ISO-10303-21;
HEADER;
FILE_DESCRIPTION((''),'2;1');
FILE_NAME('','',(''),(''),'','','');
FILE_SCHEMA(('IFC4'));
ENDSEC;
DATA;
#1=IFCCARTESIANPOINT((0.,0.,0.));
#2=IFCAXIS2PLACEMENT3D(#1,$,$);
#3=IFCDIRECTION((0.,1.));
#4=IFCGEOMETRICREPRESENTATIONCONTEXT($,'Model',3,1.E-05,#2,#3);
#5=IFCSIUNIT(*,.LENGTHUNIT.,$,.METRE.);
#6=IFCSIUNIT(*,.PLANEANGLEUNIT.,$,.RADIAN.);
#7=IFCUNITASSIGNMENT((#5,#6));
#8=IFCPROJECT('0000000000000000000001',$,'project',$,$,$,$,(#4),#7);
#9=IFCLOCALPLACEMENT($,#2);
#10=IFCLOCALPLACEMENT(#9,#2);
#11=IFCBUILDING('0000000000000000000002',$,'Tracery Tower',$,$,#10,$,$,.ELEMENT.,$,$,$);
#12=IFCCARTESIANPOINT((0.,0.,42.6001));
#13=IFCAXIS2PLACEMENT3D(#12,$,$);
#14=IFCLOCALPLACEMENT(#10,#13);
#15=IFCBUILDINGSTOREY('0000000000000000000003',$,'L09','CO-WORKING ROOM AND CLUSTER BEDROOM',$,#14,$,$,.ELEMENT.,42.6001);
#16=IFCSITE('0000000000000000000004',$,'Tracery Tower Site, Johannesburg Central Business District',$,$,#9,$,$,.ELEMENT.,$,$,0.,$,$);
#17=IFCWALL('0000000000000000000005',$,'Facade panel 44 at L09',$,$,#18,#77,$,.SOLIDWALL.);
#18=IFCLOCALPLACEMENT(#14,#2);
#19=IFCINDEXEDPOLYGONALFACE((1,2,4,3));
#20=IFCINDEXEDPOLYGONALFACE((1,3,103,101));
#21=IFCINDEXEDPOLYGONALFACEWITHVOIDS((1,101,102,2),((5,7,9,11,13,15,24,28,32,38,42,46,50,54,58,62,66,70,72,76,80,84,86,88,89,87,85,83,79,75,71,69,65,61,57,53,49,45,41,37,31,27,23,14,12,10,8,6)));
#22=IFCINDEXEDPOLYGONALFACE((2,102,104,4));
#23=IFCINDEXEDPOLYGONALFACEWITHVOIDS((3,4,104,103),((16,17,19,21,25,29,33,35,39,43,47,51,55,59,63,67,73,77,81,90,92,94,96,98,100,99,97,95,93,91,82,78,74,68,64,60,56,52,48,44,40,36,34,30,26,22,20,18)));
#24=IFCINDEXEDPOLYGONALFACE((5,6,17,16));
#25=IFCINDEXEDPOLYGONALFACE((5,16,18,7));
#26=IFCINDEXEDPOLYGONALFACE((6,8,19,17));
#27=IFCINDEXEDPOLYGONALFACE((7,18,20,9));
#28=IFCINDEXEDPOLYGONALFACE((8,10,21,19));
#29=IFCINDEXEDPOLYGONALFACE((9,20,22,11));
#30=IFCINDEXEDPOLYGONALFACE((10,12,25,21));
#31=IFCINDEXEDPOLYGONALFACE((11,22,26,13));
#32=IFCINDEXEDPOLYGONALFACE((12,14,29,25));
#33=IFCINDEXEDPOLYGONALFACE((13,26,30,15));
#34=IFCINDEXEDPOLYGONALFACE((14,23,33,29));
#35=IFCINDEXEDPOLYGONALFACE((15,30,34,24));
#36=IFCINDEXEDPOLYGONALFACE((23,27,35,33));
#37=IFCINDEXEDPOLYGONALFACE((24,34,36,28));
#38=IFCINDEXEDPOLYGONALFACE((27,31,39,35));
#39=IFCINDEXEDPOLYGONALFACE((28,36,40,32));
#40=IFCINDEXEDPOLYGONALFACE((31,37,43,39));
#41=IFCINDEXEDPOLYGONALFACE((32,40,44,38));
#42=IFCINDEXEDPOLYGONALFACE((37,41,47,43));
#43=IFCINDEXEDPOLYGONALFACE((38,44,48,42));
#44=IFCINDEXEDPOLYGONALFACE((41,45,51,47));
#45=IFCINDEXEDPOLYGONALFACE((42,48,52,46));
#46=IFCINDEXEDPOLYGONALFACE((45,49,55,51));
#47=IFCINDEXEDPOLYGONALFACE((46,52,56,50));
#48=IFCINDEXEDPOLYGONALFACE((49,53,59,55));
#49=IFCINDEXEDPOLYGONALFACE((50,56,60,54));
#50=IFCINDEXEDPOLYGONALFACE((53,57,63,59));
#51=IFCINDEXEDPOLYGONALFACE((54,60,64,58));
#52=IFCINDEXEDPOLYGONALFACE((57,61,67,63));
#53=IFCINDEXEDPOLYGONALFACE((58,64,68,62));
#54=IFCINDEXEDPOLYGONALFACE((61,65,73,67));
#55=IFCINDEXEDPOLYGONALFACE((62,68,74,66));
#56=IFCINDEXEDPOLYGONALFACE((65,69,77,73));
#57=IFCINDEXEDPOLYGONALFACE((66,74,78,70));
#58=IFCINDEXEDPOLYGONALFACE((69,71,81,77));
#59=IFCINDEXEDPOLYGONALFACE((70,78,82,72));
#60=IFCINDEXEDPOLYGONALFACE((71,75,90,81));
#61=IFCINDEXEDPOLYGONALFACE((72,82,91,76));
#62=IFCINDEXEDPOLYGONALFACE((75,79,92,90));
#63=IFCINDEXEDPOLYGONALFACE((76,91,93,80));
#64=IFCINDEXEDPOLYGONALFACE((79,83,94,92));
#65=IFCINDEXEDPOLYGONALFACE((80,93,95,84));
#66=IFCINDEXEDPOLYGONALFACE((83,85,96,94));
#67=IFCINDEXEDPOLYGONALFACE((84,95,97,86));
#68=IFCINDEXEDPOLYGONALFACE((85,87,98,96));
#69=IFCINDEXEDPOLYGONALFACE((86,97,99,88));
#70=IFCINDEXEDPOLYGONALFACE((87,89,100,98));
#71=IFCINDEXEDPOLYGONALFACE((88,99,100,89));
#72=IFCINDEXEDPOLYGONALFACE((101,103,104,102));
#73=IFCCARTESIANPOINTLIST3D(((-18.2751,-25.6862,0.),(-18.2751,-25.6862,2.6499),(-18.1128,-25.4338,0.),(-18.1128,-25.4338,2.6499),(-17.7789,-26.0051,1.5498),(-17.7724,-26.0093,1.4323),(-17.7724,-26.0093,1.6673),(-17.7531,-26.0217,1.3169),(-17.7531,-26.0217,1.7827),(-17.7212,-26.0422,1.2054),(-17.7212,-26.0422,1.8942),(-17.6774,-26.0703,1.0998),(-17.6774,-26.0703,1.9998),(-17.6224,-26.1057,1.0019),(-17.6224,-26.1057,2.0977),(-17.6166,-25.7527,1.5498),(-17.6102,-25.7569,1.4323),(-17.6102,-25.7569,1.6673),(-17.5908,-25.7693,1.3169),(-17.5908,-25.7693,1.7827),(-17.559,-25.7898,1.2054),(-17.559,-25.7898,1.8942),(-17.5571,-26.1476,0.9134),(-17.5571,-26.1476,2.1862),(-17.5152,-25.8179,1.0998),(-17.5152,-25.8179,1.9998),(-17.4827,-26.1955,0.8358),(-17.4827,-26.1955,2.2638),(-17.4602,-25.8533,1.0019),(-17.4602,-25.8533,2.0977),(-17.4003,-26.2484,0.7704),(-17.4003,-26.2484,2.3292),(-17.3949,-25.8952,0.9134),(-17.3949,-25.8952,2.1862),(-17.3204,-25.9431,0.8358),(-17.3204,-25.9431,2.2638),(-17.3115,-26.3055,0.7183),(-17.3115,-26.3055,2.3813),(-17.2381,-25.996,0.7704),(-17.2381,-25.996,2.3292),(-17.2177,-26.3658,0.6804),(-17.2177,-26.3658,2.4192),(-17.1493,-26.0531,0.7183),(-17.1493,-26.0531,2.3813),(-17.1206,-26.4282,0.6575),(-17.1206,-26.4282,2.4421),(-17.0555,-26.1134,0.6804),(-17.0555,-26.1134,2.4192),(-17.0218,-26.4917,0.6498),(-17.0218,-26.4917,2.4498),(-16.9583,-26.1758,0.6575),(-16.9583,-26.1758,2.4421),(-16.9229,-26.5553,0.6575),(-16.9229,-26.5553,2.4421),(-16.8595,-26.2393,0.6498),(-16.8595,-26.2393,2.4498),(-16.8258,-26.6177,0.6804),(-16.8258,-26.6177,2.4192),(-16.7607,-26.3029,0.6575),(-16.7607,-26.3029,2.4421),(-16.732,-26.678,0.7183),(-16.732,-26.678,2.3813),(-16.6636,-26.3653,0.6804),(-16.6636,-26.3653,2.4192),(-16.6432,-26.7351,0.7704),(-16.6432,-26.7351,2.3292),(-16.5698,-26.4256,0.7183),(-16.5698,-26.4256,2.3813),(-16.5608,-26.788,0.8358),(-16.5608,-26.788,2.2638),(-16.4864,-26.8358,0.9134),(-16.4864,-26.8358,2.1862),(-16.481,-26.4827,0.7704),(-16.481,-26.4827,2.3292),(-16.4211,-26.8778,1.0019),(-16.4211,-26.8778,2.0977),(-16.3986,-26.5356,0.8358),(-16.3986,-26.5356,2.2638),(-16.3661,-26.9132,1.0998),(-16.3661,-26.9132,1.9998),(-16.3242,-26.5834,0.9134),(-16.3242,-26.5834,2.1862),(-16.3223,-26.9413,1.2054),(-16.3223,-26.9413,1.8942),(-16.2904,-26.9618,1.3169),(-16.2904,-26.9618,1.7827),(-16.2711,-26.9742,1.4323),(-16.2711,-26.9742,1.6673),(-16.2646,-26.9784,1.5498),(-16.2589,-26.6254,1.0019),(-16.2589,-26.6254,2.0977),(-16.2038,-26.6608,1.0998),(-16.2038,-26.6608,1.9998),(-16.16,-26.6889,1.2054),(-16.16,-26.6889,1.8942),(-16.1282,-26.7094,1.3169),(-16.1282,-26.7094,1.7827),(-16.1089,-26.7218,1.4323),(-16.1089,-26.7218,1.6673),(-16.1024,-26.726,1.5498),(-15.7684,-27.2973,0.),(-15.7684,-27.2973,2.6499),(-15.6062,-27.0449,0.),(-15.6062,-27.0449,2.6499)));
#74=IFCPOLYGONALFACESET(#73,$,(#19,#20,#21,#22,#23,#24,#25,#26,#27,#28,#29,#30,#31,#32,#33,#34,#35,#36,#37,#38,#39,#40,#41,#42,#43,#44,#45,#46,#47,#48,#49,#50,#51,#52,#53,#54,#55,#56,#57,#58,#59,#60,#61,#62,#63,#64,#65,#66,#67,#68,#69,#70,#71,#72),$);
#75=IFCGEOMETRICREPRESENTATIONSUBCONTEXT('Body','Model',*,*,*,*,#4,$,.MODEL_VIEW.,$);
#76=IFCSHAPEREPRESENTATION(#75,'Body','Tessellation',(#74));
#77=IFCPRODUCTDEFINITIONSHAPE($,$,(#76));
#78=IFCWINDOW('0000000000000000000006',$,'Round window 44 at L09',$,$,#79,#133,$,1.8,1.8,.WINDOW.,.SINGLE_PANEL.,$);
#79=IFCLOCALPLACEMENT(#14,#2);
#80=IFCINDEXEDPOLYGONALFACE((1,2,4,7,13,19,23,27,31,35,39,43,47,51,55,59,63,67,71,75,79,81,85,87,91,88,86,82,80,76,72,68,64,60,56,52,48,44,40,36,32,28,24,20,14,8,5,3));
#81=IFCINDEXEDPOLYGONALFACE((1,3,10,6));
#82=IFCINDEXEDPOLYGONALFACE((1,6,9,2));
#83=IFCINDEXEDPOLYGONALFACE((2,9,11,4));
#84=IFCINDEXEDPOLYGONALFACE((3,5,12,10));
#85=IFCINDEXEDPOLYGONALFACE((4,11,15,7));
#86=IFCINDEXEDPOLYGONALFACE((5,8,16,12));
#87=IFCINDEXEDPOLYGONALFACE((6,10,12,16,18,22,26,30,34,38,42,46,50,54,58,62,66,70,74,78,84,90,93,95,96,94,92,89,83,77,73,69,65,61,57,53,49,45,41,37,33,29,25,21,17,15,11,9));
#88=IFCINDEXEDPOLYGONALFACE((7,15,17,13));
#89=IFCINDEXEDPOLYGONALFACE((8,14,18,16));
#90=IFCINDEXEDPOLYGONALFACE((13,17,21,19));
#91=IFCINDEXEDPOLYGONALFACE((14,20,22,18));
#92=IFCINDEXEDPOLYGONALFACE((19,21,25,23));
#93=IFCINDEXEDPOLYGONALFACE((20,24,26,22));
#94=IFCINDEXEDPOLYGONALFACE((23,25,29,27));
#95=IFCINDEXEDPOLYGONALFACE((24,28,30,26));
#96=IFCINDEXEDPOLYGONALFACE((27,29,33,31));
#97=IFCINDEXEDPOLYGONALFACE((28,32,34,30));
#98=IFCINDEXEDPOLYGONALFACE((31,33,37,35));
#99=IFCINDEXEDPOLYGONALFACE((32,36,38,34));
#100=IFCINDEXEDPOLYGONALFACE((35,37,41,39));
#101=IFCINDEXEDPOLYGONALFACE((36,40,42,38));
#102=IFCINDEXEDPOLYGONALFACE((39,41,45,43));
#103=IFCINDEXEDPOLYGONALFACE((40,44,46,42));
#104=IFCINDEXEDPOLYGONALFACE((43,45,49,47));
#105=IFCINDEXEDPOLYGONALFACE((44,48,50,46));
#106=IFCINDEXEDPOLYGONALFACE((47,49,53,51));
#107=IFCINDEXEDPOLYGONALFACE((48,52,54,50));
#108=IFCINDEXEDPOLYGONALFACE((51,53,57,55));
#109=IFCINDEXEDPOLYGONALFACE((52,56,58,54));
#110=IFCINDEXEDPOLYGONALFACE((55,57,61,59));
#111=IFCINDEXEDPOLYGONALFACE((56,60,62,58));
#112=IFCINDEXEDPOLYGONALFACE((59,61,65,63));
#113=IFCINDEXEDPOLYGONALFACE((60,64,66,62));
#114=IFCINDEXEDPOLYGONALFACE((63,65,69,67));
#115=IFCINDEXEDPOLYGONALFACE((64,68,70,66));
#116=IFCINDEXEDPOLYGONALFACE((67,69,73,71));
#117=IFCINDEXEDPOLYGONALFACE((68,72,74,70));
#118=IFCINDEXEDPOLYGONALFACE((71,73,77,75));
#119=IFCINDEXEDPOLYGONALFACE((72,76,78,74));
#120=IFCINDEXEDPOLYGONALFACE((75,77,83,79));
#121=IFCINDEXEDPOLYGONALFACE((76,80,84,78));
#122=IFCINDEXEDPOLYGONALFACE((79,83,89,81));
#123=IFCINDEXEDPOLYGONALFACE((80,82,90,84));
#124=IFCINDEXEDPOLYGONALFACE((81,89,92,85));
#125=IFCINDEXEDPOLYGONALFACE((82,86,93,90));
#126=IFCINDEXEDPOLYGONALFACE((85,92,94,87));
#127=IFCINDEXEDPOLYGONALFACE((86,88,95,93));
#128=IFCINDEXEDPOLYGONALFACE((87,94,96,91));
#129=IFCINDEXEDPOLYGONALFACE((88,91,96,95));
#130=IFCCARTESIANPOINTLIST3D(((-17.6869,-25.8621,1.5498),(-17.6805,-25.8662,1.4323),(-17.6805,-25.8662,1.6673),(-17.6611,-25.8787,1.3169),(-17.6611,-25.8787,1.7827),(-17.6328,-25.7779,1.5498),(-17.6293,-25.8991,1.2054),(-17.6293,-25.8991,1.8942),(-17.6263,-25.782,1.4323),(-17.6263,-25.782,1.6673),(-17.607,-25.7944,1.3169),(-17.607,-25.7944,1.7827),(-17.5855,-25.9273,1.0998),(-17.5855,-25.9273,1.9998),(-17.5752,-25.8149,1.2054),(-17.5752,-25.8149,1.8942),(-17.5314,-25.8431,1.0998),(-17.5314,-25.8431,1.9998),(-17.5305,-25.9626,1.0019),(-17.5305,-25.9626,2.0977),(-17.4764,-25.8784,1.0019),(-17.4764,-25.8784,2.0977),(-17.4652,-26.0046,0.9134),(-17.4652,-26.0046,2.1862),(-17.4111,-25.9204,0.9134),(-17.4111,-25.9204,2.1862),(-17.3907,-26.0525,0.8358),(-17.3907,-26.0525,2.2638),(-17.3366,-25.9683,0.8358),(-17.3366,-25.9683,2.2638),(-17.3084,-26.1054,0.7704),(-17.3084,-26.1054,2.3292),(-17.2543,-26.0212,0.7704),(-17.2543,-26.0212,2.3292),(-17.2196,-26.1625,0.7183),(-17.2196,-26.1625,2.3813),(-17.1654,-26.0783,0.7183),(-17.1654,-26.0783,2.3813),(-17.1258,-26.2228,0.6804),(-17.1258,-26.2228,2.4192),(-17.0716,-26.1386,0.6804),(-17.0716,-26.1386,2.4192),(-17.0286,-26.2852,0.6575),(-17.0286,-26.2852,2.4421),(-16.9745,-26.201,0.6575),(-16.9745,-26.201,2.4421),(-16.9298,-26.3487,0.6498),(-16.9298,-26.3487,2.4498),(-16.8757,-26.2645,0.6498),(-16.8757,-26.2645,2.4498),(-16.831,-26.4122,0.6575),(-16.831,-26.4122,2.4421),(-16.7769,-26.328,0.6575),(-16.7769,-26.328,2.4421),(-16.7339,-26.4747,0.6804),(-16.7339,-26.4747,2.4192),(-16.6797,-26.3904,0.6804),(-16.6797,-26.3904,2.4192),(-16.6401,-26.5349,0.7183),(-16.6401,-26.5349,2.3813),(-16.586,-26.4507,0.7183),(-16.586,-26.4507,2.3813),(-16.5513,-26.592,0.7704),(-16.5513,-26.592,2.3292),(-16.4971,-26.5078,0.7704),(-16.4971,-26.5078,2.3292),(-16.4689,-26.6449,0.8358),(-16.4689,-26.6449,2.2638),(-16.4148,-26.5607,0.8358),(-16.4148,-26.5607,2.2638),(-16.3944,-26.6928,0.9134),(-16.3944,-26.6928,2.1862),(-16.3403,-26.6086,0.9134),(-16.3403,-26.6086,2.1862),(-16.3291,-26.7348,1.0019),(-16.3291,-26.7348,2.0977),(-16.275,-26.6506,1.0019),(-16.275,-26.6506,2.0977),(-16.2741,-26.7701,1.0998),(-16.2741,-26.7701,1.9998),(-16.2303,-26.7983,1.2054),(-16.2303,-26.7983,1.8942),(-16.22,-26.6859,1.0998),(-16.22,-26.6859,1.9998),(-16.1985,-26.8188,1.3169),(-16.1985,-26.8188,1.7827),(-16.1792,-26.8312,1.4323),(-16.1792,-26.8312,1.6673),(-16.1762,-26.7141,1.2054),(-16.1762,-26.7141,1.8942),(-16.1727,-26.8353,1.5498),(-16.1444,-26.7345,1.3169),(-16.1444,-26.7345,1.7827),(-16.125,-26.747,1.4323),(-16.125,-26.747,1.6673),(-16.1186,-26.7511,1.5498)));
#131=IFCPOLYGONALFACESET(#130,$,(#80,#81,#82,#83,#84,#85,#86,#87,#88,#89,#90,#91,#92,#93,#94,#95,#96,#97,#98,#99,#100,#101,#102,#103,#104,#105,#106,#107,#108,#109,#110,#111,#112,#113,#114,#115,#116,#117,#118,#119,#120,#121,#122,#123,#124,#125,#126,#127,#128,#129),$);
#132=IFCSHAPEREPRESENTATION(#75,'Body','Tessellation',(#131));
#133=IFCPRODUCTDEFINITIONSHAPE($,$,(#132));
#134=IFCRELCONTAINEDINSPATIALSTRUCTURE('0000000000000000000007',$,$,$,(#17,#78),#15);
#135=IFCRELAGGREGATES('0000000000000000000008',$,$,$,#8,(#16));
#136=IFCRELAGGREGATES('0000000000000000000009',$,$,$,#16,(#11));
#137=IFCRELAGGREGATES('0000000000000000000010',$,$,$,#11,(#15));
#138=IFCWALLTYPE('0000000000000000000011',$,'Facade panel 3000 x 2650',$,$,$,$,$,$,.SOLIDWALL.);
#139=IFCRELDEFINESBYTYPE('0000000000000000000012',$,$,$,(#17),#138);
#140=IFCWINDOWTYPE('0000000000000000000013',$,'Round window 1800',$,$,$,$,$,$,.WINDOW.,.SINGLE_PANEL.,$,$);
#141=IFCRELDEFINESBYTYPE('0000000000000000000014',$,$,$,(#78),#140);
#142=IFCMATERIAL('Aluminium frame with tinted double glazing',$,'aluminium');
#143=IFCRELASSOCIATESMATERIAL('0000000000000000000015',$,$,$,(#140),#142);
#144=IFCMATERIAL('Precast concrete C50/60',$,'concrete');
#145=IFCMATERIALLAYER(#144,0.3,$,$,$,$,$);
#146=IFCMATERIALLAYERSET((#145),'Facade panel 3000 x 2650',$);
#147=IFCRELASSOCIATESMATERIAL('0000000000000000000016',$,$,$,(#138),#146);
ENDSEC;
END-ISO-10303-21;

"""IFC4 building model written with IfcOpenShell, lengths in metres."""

from ifc_helpers import new_model, si_unit, direction, frame, frame_2d, origin, origin_2d, place, context, subcontext, project, spatial, rectangle, circle, extrude, material, layer, layer_set, type_object, element, fill, save


model = new_model("IFC4")

# Units and contexts
model_context = context("Model", 3, precision=1e-05, world=origin(), true_north=direction((0.0, 1.0)))
body_context = subcontext(model_context, "Body", "Model", "MODEL_VIEW")
ifc_project = project(units=[si_unit("LENGTHUNIT", "METRE"), si_unit("PLANEANGLEUNIT", "RADIAN")], contexts=[model_context])

# Site, building, storey
site_placement = place(None, origin())
site = spatial("IfcSite", under=ifc_project, at=site_placement, Name="Tracery Tower Site, Johannesburg Central Business District", CompositionType="ELEMENT", RefElevation=0.0)
building_placement = place(site_placement, origin())
building = spatial("IfcBuilding", under=site, at=building_placement, Name="Tracery Tower", CompositionType="ELEMENT")
storey_placement = place(building_placement, frame((0.0, 0.0, 42.6001)))
storey = spatial("IfcBuildingStorey", under=building, at=storey_placement, Name="L09", Description="CO-WORKING ROOM AND CLUSTER BEDROOM", CompositionType="ELEMENT", Elevation=42.6001)

# Wall, opening, window
ifc_material_1 = material(Name="Aluminium frame with tinted double glazing", Category="aluminium")
window_type = type_object("IfcWindowType", Name="Round window 1800", PartitioningType="SINGLE_PANEL", PredefinedType="WINDOW", material=ifc_material_1)
ifc_material_2 = material(Name="Precast concrete C50/60", Category="concrete")
ifc_layer_1 = layer(ifc_material_2, 0.3)
ifc_layer_set_1 = layer_set([ifc_layer_1], Name="Facade panel 3000 x 2650")
wall_type_1 = type_object("IfcWallType", Name="Facade panel 3000 x 2650", PredefinedType="SOLIDWALL", material=ifc_layer_set_1)
wall_1_placement = place(storey_placement, frame((-18.1938, -25.5601, 0.0), z_axis=(0.0, 0.0, 1.0), x_axis=(0.841224, -0.540687, 0.0)))
wall_1 = element("IfcWall", 1, at=wall_1_placement, inside=storey, type_object=wall_type_1, Name="Facade panel 44 at L09", PredefinedType="SOLIDWALL", context=body_context, shape_type="SweptSolid", body=[
    extrude(rectangle(XDim=2.9797, YDim=0.3, at=frame_2d((1.4897, 0.0))), origin(), (0.0, 0.0, 1.0), 2.6499),
])
opening_1_placement = place(wall_1_placement, frame((1.4897, 0.0, 1.5498)))
opening_1 = element("IfcOpeningElement", 2, at=opening_1_placement, cuts=wall_1, PredefinedType="OPENING", context=body_context, shape_type="SweptSolid", body=[
    extrude(circle(Radius=0.9, at=origin_2d()), frame((0.0, 0.1599, 0.0), z_axis=(0.0, -1.0, 0.0), x_axis=(1.0, 0.0, 0.0)), (0.0, 0.0, 1.0), 0.3201),
])
window_1_placement = place(opening_1_placement, origin())
window_1 = element("IfcWindow", 3, at=window_1_placement, inside=storey, type_object=window_type, Name="Round window 44 at L09", OverallHeight=1.8, OverallWidth=1.8, PartitioningType="SINGLE_PANEL", PredefinedType="WINDOW", context=body_context, shape_type="SweptSolid", body=[
    extrude(circle(Radius=0.9, at=origin_2d()), frame((0.0, 0.1201, 0.0), z_axis=(0.0, -1.0, 0.0), x_axis=(1.0, 0.0, 0.0)), (0.0, 0.0, 1.0), 0.1001),
])
fill(opening_1, window_1)

save(model, "model.ifc")
